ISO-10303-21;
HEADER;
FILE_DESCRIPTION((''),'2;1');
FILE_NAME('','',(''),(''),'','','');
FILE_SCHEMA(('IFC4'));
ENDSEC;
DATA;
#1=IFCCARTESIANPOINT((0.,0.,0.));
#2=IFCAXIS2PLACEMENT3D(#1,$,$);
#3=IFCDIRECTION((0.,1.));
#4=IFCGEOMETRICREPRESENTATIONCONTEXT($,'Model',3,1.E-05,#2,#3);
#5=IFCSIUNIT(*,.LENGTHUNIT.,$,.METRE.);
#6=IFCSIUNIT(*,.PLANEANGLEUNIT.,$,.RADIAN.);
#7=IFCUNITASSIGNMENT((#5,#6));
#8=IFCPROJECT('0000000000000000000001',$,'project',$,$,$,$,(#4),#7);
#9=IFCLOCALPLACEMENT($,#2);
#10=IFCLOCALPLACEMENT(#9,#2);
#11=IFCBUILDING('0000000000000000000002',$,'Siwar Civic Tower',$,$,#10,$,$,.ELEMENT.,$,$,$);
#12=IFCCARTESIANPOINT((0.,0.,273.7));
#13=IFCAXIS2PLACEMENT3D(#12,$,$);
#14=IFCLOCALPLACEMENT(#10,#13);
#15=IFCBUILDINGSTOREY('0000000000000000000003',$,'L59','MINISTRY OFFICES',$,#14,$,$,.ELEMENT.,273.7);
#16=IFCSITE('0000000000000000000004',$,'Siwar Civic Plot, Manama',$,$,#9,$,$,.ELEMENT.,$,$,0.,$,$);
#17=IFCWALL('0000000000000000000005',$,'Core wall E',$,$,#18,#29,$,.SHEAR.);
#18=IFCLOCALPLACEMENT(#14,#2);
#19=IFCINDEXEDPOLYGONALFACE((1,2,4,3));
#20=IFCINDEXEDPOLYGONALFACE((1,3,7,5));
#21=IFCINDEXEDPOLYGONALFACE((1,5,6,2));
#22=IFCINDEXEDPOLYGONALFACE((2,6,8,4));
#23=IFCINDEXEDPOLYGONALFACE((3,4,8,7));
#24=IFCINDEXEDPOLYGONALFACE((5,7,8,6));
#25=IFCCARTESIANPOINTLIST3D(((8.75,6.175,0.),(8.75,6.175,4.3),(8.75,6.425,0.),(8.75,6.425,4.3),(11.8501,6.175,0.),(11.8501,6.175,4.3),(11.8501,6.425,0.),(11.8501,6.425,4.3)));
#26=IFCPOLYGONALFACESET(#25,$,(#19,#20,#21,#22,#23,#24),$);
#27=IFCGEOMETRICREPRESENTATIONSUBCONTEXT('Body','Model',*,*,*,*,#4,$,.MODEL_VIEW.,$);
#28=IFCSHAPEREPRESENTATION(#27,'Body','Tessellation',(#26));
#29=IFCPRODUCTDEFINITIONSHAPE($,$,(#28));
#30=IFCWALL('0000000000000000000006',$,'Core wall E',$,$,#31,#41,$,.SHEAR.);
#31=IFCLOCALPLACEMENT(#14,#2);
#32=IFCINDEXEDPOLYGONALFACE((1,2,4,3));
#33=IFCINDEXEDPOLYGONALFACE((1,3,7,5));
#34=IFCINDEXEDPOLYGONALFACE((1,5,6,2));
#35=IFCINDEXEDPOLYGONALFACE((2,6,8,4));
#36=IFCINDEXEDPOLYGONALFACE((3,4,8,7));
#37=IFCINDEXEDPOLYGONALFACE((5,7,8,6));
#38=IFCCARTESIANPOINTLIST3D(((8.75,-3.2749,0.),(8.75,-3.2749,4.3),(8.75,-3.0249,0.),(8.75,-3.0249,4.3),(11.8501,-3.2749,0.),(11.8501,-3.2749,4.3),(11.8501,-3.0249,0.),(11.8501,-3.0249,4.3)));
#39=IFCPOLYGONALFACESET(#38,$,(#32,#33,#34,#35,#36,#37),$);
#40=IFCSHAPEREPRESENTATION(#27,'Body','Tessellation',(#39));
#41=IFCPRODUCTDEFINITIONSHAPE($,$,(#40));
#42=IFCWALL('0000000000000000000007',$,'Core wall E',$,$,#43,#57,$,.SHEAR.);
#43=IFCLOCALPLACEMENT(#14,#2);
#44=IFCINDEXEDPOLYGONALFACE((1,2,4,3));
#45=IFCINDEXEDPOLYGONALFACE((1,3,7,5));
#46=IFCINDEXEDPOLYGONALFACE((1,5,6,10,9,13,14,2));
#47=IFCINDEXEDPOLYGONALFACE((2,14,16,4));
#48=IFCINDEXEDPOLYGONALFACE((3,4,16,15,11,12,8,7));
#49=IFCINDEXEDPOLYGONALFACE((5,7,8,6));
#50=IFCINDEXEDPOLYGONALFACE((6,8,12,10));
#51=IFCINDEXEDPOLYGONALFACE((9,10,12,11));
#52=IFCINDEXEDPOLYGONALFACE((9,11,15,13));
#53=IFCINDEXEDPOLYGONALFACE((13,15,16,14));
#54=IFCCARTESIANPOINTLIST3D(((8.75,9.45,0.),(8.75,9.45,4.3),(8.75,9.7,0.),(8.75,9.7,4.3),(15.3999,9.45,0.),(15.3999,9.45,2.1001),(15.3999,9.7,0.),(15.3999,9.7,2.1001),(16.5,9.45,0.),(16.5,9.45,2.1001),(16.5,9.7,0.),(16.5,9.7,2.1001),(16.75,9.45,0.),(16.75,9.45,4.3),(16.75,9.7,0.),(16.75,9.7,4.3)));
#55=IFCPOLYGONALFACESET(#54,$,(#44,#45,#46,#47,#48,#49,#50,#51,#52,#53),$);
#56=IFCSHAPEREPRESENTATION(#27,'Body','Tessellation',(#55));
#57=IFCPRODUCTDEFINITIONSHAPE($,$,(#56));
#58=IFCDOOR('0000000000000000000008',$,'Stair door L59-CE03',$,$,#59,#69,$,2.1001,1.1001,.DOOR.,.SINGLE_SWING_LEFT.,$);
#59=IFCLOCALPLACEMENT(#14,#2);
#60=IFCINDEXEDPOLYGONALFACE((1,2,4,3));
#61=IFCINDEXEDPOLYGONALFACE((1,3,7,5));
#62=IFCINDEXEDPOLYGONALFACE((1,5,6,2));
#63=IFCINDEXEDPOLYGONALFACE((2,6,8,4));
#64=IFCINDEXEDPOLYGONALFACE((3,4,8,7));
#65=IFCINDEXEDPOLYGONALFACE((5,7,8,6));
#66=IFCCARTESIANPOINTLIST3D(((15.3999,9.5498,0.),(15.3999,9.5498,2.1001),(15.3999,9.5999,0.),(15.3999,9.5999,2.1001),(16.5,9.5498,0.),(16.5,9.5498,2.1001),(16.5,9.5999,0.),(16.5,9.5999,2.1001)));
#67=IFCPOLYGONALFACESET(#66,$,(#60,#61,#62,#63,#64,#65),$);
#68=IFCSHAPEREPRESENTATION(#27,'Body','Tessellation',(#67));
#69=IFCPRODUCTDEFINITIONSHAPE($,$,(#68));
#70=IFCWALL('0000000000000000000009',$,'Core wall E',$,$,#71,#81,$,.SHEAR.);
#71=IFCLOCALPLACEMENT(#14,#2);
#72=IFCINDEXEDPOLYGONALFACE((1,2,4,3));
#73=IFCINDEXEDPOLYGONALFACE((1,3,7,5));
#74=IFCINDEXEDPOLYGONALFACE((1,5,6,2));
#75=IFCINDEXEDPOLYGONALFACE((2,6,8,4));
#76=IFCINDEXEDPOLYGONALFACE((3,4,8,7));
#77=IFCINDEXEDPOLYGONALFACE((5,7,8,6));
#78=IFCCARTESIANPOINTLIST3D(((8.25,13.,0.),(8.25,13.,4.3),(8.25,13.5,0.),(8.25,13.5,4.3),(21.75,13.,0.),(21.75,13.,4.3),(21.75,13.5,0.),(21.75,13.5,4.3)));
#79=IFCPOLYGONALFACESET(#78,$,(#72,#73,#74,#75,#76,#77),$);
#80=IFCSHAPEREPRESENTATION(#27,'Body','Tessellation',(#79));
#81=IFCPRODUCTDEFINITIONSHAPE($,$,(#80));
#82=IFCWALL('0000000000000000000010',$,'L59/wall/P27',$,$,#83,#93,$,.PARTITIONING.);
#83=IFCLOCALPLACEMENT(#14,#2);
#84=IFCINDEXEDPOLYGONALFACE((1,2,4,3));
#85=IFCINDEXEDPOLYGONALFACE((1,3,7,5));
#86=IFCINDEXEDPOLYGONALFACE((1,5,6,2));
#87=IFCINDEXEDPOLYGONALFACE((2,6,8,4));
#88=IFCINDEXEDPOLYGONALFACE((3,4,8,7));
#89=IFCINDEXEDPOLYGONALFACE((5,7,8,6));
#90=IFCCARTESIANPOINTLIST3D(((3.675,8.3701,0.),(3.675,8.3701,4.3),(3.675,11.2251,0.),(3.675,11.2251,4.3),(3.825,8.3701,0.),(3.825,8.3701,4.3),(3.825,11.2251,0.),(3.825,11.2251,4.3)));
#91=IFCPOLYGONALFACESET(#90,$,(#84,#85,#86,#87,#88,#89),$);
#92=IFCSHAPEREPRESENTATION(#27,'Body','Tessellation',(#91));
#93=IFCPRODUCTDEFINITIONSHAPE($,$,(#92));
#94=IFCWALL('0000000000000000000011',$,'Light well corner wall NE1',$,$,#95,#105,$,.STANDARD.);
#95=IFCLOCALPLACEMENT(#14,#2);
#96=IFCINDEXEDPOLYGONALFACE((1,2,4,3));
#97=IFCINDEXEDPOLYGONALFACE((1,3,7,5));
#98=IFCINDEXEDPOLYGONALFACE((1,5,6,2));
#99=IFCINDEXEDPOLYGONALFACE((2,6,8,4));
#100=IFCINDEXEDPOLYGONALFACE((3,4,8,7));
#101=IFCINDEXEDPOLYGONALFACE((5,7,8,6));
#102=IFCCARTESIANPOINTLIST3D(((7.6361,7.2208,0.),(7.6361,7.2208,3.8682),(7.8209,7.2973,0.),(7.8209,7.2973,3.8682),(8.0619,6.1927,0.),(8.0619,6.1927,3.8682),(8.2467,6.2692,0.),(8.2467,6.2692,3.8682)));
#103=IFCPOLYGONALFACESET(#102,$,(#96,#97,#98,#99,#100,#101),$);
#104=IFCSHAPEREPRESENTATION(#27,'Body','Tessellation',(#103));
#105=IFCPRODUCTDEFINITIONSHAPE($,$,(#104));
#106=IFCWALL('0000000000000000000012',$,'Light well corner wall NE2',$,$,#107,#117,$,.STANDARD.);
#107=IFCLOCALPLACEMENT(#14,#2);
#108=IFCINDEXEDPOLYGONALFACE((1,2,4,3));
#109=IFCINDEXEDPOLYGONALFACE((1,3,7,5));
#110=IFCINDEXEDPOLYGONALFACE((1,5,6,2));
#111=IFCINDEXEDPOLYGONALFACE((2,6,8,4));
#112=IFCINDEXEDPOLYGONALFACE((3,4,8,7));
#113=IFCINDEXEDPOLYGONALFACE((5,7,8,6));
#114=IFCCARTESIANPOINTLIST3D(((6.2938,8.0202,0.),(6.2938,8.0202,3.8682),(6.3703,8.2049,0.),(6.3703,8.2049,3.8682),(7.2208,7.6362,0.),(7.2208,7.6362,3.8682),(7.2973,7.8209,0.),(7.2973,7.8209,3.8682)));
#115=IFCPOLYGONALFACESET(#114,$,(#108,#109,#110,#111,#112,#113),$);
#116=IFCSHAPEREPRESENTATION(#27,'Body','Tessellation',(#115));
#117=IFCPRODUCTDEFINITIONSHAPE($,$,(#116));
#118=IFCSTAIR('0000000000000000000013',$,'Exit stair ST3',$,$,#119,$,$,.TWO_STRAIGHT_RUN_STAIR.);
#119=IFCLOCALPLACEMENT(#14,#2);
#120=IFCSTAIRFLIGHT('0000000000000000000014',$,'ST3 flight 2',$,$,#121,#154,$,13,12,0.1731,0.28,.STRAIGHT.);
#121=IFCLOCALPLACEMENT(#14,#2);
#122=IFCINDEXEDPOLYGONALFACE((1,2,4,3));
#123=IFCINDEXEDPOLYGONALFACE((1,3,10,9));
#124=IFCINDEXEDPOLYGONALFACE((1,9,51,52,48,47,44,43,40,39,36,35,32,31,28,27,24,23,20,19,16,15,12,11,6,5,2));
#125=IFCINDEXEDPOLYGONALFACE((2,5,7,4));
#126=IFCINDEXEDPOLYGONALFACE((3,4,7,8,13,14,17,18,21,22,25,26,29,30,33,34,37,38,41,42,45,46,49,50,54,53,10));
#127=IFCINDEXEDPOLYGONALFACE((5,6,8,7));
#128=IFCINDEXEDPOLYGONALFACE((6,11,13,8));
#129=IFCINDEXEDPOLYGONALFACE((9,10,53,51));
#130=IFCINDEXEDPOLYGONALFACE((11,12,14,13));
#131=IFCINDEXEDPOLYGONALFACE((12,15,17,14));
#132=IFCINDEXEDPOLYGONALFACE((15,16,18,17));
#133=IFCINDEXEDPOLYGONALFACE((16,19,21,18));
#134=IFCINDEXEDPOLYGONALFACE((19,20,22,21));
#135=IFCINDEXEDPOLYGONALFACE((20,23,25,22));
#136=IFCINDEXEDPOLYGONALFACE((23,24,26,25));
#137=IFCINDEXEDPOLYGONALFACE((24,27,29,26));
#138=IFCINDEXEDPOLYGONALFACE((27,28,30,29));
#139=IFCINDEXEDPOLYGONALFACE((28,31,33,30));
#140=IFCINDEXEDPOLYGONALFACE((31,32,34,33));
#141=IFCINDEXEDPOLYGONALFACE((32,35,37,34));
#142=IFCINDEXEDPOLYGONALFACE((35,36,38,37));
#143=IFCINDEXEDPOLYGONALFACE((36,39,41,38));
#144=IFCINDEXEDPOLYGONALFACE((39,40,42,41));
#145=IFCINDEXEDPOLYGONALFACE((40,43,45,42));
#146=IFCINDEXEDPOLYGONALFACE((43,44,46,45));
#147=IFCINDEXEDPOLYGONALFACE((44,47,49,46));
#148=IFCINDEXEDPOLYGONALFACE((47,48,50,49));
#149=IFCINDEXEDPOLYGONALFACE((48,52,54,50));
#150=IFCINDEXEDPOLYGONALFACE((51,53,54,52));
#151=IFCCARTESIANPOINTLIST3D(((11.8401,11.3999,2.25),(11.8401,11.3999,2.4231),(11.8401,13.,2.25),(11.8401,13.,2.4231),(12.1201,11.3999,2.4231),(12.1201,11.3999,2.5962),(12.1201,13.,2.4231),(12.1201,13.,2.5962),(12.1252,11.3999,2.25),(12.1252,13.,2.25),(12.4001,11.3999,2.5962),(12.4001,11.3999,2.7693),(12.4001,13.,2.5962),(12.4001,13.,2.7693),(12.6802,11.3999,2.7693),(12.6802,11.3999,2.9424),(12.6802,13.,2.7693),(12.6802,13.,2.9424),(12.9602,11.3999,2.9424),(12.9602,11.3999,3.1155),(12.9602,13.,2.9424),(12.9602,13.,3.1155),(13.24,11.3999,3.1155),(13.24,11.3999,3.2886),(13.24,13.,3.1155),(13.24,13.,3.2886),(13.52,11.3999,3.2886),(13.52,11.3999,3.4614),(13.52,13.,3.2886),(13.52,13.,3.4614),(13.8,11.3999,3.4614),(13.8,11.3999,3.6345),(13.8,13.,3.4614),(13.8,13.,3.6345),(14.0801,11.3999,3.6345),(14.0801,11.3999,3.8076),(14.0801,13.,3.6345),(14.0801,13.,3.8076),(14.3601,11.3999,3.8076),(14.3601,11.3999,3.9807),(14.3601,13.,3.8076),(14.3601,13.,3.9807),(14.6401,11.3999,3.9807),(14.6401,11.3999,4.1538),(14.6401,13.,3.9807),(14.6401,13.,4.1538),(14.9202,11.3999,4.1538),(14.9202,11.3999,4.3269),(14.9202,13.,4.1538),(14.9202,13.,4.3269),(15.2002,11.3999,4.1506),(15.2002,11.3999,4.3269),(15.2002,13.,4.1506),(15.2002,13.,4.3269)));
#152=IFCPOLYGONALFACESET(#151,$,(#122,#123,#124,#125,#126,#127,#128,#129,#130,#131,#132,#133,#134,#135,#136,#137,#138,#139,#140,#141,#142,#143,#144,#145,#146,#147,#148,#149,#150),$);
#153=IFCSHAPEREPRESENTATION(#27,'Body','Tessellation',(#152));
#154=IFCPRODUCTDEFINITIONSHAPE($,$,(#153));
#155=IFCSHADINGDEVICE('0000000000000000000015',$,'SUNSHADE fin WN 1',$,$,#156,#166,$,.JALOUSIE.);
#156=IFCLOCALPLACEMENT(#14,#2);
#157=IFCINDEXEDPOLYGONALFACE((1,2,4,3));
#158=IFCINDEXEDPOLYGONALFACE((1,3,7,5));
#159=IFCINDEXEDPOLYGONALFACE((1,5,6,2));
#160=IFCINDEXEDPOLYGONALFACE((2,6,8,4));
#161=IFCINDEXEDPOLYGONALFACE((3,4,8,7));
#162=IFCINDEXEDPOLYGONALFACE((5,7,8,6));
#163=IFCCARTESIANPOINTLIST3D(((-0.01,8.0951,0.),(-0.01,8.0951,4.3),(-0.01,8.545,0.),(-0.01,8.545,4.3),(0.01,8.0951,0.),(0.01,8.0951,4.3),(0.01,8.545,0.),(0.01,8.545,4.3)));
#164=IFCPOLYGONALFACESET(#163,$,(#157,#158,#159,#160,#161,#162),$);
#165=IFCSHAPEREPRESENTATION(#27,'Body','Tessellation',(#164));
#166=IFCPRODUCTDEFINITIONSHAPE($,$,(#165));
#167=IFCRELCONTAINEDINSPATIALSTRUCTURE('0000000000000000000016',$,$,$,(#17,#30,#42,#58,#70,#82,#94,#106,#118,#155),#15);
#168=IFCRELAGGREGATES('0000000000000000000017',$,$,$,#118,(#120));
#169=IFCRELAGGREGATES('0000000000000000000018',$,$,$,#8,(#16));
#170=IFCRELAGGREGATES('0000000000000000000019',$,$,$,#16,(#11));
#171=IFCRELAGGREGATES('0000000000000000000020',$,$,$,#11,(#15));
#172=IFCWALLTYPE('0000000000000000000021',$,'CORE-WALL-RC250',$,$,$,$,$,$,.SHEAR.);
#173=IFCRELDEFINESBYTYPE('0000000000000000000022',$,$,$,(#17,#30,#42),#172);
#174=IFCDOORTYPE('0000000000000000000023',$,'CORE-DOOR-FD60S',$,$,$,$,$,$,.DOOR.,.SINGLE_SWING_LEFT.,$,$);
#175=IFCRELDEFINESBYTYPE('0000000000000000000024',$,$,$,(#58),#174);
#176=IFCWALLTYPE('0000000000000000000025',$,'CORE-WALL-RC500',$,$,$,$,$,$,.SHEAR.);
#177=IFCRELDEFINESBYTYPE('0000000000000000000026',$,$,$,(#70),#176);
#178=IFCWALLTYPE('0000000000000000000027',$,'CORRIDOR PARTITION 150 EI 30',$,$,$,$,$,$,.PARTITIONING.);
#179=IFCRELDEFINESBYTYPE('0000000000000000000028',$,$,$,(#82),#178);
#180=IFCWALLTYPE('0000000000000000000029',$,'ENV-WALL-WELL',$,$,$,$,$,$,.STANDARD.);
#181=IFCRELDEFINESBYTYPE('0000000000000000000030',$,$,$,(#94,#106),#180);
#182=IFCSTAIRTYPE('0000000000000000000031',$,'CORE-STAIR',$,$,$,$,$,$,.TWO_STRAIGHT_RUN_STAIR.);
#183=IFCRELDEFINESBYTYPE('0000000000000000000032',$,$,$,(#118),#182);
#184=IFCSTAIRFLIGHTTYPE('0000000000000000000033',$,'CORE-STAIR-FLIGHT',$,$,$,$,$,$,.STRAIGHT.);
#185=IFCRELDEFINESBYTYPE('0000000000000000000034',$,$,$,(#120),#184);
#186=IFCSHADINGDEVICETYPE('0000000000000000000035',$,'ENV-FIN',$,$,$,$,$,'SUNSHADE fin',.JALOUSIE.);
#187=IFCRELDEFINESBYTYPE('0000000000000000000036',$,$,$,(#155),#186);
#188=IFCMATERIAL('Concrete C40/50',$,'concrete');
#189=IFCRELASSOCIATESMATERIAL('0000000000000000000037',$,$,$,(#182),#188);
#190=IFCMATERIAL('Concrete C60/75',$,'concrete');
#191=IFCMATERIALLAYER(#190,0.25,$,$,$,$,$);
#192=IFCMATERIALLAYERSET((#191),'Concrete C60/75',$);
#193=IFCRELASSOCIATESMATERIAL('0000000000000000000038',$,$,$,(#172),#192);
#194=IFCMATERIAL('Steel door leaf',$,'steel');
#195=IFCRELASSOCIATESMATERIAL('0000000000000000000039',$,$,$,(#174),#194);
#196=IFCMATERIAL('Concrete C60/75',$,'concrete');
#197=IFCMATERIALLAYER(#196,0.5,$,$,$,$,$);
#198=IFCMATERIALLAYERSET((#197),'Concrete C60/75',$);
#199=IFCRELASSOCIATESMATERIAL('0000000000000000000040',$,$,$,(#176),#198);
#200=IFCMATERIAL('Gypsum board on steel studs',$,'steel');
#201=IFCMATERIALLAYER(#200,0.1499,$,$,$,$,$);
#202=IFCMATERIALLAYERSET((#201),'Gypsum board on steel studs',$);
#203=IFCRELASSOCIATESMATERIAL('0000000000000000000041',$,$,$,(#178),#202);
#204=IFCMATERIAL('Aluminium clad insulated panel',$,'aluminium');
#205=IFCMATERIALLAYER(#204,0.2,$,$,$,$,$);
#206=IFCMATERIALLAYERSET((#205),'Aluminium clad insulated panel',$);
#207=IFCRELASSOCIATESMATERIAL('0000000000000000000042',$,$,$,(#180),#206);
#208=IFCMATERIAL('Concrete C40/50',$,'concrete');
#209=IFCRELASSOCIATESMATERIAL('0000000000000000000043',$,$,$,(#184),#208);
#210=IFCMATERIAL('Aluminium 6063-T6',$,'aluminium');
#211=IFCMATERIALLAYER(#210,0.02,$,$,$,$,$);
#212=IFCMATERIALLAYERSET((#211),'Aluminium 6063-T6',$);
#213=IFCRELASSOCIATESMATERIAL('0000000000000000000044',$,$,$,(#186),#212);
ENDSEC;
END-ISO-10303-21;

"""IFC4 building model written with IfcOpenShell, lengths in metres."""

from ifc_helpers import new_model, si_unit, direction, frame, frame_2d, origin, origin_2d, place, context, subcontext, project, spatial, polyline, rectangle, outline, extrude, material, layer, layer_set, type_object, element, fill, aggregate, save


model = new_model("IFC4")

# Units and contexts
model_context = context("Model", 3, precision=1e-05, world=origin(), true_north=direction((0.0, 1.0)))
body_context = subcontext(model_context, "Body", "Model", "MODEL_VIEW")
ifc_project = project(units=[si_unit("LENGTHUNIT", "METRE"), si_unit("PLANEANGLEUNIT", "RADIAN")], contexts=[model_context])

# Site, building, storey
site_placement = place(None, origin())
site = spatial("IfcSite", under=ifc_project, at=site_placement, Name="Siwar Civic Plot, Manama", CompositionType="ELEMENT", RefElevation=0.0)
building_placement = place(site_placement, origin())
building = spatial("IfcBuilding", under=site, at=building_placement, Name="Siwar Civic Tower", CompositionType="ELEMENT")
storey_placement = place(building_placement, frame((0.0, 0.0, 273.7)))
storey = spatial("IfcBuildingStorey", under=building, at=storey_placement, Name="L59", Description="MINISTRY OFFICES", CompositionType="ELEMENT", Elevation=273.7)

# Shared definitions
ifc_material_1 = material(Name="Concrete C40/50", Category="concrete")
stair_type = type_object("IfcStairType", Name="CORE-STAIR", PredefinedType="TWO_STRAIGHT_RUN_STAIR", material=ifc_material_1)

# Shared definitions
ifc_material_2 = material(Name="Concrete C60/75", Category="concrete")
ifc_layer_1 = layer(ifc_material_2, 0.25)
ifc_layer_set_1 = layer_set([ifc_layer_1], Name="Concrete C60/75")
wall_type_1 = type_object("IfcWallType", Name="CORE-WALL-RC250", PredefinedType="SHEAR", material=ifc_layer_set_1)

# Walls
for number, where, z_axis, x_axis, name in (
    (1, (8.75, 6.3, 0.0), (0.0, 0.0, 1.0), (1.0, 0.0, 0.0), "Core wall E"),
    (2, (8.75, -3.1499, 0.0), (0.0, 0.0, 1.0), (1.0, 0.0, 0.0), "Core wall E"),
):
    element("IfcWall", number, at=place(storey_placement, frame(where, z_axis=z_axis, x_axis=x_axis)), inside=storey, type_object=wall_type_1, Name=name, PredefinedType="SHEAR", context=body_context, shape_type="SweptSolid", body=[
        extrude(rectangle(XDim=3.1001, YDim=0.25, at=frame_2d((1.55, 0.0))), origin(), (0.0, 0.0, 1.0), 4.3),
    ])

# Wall, opening, door
wall_1_placement = place(storey_placement, frame((8.75, 9.575, 0.0), z_axis=(0.0, 0.0, 1.0), x_axis=(1.0, 0.0, 0.0)))
wall_1 = element("IfcWall", 3, at=wall_1_placement, inside=storey, type_object=wall_type_1, Name="Core wall E", PredefinedType="SHEAR", context=body_context, shape_type="SweptSolid", body=[
    extrude(rectangle(XDim=8.0, YDim=0.25, at=frame_2d((4.0, 0.0))), origin(), (0.0, 0.0, 1.0), 4.3),
])
opening_1_placement = place(wall_1_placement, frame((6.6499, 0.0, 0.0)))
opening_1 = element("IfcOpeningElement", 4, at=opening_1_placement, cuts=wall_1, PredefinedType="OPENING", context=body_context, shape_type="SweptSolid", body=[
    extrude(rectangle(XDim=1.1001, YDim=2.1001, at=frame_2d((0.55, 1.05))), frame((0.0, 0.135, 0.0), z_axis=(0.0, -1.0, 0.0), x_axis=(1.0, 0.0, 0.0)), (0.0, 0.0, 1.0), 0.27),
])
ifc_material_3 = material(Name="Steel door leaf", Category="steel")
door_type_1 = type_object("IfcDoorType", Name="CORE-DOOR-FD60S", OperationType="SINGLE_SWING_LEFT", PredefinedType="DOOR", material=ifc_material_3)
door_1_placement = place(opening_1_placement, origin())
door_1 = element("IfcDoor", 5, at=door_1_placement, inside=storey, type_object=door_type_1, Name="Stair door L59-CE03", OperationType="SINGLE_SWING_LEFT", OverallHeight=2.1001, OverallWidth=1.1001, PredefinedType="DOOR", context=body_context, shape_type="SweptSolid", body=[
    extrude(rectangle(XDim=1.1001, YDim=2.1001, at=frame_2d((0.55, 1.05))), frame((0.0, 0.0249, 0.0), z_axis=(0.0, -1.0, 0.0), x_axis=(1.0, 0.0, 0.0)), (0.0, 0.0, 1.0), 0.05),
])
fill(opening_1, door_1)

# Walls
ifc_material_4 = material(Name="Concrete C60/75", Category="concrete")
ifc_layer_2 = layer(ifc_material_4, 0.5)
ifc_layer_set_2 = layer_set([ifc_layer_2], Name="Concrete C60/75")
wall_type_2 = type_object("IfcWallType", Name="CORE-WALL-RC500", PredefinedType="SHEAR", material=ifc_layer_set_2)
wall_2_placement = place(storey_placement, frame((8.25, 13.25, 0.0), z_axis=(0.0, 0.0, 1.0), x_axis=(1.0, 0.0, 0.0)))
element("IfcWall", 6, at=wall_2_placement, inside=storey, type_object=wall_type_2, Name="Core wall E", PredefinedType="SHEAR", context=body_context, shape_type="SweptSolid", body=[
    extrude(rectangle(XDim=13.5, YDim=0.5, at=frame_2d((6.75, 0.0))), origin(), (0.0, 0.0, 1.0), 4.3),
])
ifc_material_5 = material(Name="Gypsum board on steel studs", Category="steel")
ifc_layer_3 = layer(ifc_material_5, 0.1499)
ifc_layer_set_3 = layer_set([ifc_layer_3], Name="Gypsum board on steel studs")
wall_type_3 = type_object("IfcWallType", Name="CORRIDOR PARTITION 150 EI 30", PredefinedType="PARTITIONING", material=ifc_layer_set_3)
wall_3_placement = place(storey_placement, frame((3.75, 8.3701, 0.0), z_axis=(0.0, 0.0, 1.0), x_axis=(0.0, 1.0, 0.0)))
element("IfcWall", 7, at=wall_3_placement, inside=storey, type_object=wall_type_3, Name="L59/wall/P27", PredefinedType="PARTITIONING", context=body_context, shape_type="SweptSolid", body=[
    extrude(rectangle(XDim=2.855, YDim=0.1499, at=frame_2d((1.4275, 0.0))), origin(), (0.0, 0.0, 1.0), 4.3),
])
ifc_material_6 = material(Name="Aluminium clad insulated panel", Category="aluminium")
ifc_layer_4 = layer(ifc_material_6, 0.2)
ifc_layer_set_4 = layer_set([ifc_layer_4], Name="Aluminium clad insulated panel")
wall_type_4 = type_object("IfcWallType", Name="ENV-WALL-WELL", PredefinedType="STANDARD", material=ifc_layer_set_4)
wall_4_placement = place(storey_placement, frame((8.1543, 6.231, 0.0), z_axis=(0.0, 0.0, 1.0), x_axis=(-0.382636, 0.923899, 0.0)))
element("IfcWall", 8, at=wall_4_placement, inside=storey, type_object=wall_type_4, Name="Light well corner wall NE1", PredefinedType="STANDARD", context=body_context, shape_type="SweptSolid", body=[
    extrude(rectangle(XDim=1.1128, YDim=0.2, at=frame_2d((0.5564, 0.0))), origin(), (0.0, 0.0, 1.0), 3.8682),
])
wall_5_placement = place(storey_placement, frame((7.259, 7.7285, 0.0), z_axis=(0.0, 0.0, 1.0), x_axis=(-0.92386, 0.382731, 0.0)))
element("IfcWall", 9, at=wall_5_placement, inside=storey, type_object=wall_type_4, Name="Light well corner wall NE2", PredefinedType="STANDARD", context=body_context, shape_type="SweptSolid", body=[
    extrude(rectangle(XDim=1.0034, YDim=0.2, at=frame_2d((0.5017, 0.0))), origin(), (0.0, 0.0, 1.0), 3.8682),
])

# Stair, stair flight
stair_1_placement = place(storey_placement, origin())
stair_1 = element("IfcStair", 10, at=stair_1_placement, inside=storey, type_object=stair_type, Name="Exit stair ST3", PredefinedType="TWO_STRAIGHT_RUN_STAIR")
ifc_material_7 = material(Name="Concrete C40/50", Category="concrete")
stair_flight_type = type_object("IfcStairFlightType", Name="CORE-STAIR-FLIGHT", PredefinedType="STRAIGHT", material=ifc_material_7)
stair_flight_placement = place(storey_placement, frame((11.8401, 12.2, 2.25), z_axis=(0.0, 0.0, 1.0), x_axis=(1.0, 0.0, 0.0)))
stair_flight = element("IfcStairFlight", 11, at=stair_flight_placement, type_object=stair_flight_type, Name="ST3 flight 2", NumberOfRisers=13, NumberOfTreads=12, PredefinedType="STRAIGHT", RiserHeight=0.1731, TreadLength=0.28, context=body_context, shape_type="SweptSolid", body=[
    extrude(outline(polyline([(0.0, 0.0), (0.0, 0.1731), (0.28, 0.1731), (0.28, 0.3462), (0.5601, 0.3462), (0.5601, 0.5193), (0.8401, 0.5193), (0.8401, 0.6924), (1.1201, 0.6924), (1.1201, 0.8655), (1.3999, 0.8655), (1.3999, 1.0386), (1.6799, 1.0386), (1.6799, 1.2114), (1.96, 1.2114), (1.96, 1.3845), (2.24, 1.3845), (2.24, 1.5576), (2.52, 1.5576), (2.52, 1.7307), (2.8, 1.7307), (2.8, 1.9038), (3.0801, 1.9038), (3.0801, 2.0769), (3.3601, 2.0769), (3.3601, 2.25), (3.3601, 1.9006), (0.2852, 0.0), (0.0, 0.0)])), frame((0.0, 0.8, 0.0), z_axis=(0.0, -1.0, 0.0), x_axis=(1.0, 0.0, 0.0)), (0.0, 0.0, 1.0), 1.6001),
])
aggregate(stair_1, [stair_flight])

# Shading device
ifc_material_8 = material(Name="Aluminium 6063-T6", Category="aluminium")
ifc_layer_5 = layer(ifc_material_8, 0.02)
ifc_layer_set_5 = layer_set([ifc_layer_5], Name="Aluminium 6063-T6")
shading_device_type = type_object("IfcShadingDeviceType", Name="ENV-FIN", ElementType="SUNSHADE fin", PredefinedType="JALOUSIE", material=ifc_layer_set_5)
shading_device_placement = place(storey_placement, frame((0.0, 8.3201, 0.0), z_axis=(0.0, 0.0, 1.0), x_axis=(-1.0, 0.0, 0.0)))
element("IfcShadingDevice", 12, at=shading_device_placement, inside=storey, type_object=shading_device_type, Name="SUNSHADE fin WN 1", PredefinedType="JALOUSIE", context=body_context, shape_type="SweptSolid", body=[
    extrude(rectangle(XDim=0.02, YDim=0.45, at=origin_2d()), origin(), (0.0, 0.0, 1.0), 4.3),
])

save(model, "model.ifc")
